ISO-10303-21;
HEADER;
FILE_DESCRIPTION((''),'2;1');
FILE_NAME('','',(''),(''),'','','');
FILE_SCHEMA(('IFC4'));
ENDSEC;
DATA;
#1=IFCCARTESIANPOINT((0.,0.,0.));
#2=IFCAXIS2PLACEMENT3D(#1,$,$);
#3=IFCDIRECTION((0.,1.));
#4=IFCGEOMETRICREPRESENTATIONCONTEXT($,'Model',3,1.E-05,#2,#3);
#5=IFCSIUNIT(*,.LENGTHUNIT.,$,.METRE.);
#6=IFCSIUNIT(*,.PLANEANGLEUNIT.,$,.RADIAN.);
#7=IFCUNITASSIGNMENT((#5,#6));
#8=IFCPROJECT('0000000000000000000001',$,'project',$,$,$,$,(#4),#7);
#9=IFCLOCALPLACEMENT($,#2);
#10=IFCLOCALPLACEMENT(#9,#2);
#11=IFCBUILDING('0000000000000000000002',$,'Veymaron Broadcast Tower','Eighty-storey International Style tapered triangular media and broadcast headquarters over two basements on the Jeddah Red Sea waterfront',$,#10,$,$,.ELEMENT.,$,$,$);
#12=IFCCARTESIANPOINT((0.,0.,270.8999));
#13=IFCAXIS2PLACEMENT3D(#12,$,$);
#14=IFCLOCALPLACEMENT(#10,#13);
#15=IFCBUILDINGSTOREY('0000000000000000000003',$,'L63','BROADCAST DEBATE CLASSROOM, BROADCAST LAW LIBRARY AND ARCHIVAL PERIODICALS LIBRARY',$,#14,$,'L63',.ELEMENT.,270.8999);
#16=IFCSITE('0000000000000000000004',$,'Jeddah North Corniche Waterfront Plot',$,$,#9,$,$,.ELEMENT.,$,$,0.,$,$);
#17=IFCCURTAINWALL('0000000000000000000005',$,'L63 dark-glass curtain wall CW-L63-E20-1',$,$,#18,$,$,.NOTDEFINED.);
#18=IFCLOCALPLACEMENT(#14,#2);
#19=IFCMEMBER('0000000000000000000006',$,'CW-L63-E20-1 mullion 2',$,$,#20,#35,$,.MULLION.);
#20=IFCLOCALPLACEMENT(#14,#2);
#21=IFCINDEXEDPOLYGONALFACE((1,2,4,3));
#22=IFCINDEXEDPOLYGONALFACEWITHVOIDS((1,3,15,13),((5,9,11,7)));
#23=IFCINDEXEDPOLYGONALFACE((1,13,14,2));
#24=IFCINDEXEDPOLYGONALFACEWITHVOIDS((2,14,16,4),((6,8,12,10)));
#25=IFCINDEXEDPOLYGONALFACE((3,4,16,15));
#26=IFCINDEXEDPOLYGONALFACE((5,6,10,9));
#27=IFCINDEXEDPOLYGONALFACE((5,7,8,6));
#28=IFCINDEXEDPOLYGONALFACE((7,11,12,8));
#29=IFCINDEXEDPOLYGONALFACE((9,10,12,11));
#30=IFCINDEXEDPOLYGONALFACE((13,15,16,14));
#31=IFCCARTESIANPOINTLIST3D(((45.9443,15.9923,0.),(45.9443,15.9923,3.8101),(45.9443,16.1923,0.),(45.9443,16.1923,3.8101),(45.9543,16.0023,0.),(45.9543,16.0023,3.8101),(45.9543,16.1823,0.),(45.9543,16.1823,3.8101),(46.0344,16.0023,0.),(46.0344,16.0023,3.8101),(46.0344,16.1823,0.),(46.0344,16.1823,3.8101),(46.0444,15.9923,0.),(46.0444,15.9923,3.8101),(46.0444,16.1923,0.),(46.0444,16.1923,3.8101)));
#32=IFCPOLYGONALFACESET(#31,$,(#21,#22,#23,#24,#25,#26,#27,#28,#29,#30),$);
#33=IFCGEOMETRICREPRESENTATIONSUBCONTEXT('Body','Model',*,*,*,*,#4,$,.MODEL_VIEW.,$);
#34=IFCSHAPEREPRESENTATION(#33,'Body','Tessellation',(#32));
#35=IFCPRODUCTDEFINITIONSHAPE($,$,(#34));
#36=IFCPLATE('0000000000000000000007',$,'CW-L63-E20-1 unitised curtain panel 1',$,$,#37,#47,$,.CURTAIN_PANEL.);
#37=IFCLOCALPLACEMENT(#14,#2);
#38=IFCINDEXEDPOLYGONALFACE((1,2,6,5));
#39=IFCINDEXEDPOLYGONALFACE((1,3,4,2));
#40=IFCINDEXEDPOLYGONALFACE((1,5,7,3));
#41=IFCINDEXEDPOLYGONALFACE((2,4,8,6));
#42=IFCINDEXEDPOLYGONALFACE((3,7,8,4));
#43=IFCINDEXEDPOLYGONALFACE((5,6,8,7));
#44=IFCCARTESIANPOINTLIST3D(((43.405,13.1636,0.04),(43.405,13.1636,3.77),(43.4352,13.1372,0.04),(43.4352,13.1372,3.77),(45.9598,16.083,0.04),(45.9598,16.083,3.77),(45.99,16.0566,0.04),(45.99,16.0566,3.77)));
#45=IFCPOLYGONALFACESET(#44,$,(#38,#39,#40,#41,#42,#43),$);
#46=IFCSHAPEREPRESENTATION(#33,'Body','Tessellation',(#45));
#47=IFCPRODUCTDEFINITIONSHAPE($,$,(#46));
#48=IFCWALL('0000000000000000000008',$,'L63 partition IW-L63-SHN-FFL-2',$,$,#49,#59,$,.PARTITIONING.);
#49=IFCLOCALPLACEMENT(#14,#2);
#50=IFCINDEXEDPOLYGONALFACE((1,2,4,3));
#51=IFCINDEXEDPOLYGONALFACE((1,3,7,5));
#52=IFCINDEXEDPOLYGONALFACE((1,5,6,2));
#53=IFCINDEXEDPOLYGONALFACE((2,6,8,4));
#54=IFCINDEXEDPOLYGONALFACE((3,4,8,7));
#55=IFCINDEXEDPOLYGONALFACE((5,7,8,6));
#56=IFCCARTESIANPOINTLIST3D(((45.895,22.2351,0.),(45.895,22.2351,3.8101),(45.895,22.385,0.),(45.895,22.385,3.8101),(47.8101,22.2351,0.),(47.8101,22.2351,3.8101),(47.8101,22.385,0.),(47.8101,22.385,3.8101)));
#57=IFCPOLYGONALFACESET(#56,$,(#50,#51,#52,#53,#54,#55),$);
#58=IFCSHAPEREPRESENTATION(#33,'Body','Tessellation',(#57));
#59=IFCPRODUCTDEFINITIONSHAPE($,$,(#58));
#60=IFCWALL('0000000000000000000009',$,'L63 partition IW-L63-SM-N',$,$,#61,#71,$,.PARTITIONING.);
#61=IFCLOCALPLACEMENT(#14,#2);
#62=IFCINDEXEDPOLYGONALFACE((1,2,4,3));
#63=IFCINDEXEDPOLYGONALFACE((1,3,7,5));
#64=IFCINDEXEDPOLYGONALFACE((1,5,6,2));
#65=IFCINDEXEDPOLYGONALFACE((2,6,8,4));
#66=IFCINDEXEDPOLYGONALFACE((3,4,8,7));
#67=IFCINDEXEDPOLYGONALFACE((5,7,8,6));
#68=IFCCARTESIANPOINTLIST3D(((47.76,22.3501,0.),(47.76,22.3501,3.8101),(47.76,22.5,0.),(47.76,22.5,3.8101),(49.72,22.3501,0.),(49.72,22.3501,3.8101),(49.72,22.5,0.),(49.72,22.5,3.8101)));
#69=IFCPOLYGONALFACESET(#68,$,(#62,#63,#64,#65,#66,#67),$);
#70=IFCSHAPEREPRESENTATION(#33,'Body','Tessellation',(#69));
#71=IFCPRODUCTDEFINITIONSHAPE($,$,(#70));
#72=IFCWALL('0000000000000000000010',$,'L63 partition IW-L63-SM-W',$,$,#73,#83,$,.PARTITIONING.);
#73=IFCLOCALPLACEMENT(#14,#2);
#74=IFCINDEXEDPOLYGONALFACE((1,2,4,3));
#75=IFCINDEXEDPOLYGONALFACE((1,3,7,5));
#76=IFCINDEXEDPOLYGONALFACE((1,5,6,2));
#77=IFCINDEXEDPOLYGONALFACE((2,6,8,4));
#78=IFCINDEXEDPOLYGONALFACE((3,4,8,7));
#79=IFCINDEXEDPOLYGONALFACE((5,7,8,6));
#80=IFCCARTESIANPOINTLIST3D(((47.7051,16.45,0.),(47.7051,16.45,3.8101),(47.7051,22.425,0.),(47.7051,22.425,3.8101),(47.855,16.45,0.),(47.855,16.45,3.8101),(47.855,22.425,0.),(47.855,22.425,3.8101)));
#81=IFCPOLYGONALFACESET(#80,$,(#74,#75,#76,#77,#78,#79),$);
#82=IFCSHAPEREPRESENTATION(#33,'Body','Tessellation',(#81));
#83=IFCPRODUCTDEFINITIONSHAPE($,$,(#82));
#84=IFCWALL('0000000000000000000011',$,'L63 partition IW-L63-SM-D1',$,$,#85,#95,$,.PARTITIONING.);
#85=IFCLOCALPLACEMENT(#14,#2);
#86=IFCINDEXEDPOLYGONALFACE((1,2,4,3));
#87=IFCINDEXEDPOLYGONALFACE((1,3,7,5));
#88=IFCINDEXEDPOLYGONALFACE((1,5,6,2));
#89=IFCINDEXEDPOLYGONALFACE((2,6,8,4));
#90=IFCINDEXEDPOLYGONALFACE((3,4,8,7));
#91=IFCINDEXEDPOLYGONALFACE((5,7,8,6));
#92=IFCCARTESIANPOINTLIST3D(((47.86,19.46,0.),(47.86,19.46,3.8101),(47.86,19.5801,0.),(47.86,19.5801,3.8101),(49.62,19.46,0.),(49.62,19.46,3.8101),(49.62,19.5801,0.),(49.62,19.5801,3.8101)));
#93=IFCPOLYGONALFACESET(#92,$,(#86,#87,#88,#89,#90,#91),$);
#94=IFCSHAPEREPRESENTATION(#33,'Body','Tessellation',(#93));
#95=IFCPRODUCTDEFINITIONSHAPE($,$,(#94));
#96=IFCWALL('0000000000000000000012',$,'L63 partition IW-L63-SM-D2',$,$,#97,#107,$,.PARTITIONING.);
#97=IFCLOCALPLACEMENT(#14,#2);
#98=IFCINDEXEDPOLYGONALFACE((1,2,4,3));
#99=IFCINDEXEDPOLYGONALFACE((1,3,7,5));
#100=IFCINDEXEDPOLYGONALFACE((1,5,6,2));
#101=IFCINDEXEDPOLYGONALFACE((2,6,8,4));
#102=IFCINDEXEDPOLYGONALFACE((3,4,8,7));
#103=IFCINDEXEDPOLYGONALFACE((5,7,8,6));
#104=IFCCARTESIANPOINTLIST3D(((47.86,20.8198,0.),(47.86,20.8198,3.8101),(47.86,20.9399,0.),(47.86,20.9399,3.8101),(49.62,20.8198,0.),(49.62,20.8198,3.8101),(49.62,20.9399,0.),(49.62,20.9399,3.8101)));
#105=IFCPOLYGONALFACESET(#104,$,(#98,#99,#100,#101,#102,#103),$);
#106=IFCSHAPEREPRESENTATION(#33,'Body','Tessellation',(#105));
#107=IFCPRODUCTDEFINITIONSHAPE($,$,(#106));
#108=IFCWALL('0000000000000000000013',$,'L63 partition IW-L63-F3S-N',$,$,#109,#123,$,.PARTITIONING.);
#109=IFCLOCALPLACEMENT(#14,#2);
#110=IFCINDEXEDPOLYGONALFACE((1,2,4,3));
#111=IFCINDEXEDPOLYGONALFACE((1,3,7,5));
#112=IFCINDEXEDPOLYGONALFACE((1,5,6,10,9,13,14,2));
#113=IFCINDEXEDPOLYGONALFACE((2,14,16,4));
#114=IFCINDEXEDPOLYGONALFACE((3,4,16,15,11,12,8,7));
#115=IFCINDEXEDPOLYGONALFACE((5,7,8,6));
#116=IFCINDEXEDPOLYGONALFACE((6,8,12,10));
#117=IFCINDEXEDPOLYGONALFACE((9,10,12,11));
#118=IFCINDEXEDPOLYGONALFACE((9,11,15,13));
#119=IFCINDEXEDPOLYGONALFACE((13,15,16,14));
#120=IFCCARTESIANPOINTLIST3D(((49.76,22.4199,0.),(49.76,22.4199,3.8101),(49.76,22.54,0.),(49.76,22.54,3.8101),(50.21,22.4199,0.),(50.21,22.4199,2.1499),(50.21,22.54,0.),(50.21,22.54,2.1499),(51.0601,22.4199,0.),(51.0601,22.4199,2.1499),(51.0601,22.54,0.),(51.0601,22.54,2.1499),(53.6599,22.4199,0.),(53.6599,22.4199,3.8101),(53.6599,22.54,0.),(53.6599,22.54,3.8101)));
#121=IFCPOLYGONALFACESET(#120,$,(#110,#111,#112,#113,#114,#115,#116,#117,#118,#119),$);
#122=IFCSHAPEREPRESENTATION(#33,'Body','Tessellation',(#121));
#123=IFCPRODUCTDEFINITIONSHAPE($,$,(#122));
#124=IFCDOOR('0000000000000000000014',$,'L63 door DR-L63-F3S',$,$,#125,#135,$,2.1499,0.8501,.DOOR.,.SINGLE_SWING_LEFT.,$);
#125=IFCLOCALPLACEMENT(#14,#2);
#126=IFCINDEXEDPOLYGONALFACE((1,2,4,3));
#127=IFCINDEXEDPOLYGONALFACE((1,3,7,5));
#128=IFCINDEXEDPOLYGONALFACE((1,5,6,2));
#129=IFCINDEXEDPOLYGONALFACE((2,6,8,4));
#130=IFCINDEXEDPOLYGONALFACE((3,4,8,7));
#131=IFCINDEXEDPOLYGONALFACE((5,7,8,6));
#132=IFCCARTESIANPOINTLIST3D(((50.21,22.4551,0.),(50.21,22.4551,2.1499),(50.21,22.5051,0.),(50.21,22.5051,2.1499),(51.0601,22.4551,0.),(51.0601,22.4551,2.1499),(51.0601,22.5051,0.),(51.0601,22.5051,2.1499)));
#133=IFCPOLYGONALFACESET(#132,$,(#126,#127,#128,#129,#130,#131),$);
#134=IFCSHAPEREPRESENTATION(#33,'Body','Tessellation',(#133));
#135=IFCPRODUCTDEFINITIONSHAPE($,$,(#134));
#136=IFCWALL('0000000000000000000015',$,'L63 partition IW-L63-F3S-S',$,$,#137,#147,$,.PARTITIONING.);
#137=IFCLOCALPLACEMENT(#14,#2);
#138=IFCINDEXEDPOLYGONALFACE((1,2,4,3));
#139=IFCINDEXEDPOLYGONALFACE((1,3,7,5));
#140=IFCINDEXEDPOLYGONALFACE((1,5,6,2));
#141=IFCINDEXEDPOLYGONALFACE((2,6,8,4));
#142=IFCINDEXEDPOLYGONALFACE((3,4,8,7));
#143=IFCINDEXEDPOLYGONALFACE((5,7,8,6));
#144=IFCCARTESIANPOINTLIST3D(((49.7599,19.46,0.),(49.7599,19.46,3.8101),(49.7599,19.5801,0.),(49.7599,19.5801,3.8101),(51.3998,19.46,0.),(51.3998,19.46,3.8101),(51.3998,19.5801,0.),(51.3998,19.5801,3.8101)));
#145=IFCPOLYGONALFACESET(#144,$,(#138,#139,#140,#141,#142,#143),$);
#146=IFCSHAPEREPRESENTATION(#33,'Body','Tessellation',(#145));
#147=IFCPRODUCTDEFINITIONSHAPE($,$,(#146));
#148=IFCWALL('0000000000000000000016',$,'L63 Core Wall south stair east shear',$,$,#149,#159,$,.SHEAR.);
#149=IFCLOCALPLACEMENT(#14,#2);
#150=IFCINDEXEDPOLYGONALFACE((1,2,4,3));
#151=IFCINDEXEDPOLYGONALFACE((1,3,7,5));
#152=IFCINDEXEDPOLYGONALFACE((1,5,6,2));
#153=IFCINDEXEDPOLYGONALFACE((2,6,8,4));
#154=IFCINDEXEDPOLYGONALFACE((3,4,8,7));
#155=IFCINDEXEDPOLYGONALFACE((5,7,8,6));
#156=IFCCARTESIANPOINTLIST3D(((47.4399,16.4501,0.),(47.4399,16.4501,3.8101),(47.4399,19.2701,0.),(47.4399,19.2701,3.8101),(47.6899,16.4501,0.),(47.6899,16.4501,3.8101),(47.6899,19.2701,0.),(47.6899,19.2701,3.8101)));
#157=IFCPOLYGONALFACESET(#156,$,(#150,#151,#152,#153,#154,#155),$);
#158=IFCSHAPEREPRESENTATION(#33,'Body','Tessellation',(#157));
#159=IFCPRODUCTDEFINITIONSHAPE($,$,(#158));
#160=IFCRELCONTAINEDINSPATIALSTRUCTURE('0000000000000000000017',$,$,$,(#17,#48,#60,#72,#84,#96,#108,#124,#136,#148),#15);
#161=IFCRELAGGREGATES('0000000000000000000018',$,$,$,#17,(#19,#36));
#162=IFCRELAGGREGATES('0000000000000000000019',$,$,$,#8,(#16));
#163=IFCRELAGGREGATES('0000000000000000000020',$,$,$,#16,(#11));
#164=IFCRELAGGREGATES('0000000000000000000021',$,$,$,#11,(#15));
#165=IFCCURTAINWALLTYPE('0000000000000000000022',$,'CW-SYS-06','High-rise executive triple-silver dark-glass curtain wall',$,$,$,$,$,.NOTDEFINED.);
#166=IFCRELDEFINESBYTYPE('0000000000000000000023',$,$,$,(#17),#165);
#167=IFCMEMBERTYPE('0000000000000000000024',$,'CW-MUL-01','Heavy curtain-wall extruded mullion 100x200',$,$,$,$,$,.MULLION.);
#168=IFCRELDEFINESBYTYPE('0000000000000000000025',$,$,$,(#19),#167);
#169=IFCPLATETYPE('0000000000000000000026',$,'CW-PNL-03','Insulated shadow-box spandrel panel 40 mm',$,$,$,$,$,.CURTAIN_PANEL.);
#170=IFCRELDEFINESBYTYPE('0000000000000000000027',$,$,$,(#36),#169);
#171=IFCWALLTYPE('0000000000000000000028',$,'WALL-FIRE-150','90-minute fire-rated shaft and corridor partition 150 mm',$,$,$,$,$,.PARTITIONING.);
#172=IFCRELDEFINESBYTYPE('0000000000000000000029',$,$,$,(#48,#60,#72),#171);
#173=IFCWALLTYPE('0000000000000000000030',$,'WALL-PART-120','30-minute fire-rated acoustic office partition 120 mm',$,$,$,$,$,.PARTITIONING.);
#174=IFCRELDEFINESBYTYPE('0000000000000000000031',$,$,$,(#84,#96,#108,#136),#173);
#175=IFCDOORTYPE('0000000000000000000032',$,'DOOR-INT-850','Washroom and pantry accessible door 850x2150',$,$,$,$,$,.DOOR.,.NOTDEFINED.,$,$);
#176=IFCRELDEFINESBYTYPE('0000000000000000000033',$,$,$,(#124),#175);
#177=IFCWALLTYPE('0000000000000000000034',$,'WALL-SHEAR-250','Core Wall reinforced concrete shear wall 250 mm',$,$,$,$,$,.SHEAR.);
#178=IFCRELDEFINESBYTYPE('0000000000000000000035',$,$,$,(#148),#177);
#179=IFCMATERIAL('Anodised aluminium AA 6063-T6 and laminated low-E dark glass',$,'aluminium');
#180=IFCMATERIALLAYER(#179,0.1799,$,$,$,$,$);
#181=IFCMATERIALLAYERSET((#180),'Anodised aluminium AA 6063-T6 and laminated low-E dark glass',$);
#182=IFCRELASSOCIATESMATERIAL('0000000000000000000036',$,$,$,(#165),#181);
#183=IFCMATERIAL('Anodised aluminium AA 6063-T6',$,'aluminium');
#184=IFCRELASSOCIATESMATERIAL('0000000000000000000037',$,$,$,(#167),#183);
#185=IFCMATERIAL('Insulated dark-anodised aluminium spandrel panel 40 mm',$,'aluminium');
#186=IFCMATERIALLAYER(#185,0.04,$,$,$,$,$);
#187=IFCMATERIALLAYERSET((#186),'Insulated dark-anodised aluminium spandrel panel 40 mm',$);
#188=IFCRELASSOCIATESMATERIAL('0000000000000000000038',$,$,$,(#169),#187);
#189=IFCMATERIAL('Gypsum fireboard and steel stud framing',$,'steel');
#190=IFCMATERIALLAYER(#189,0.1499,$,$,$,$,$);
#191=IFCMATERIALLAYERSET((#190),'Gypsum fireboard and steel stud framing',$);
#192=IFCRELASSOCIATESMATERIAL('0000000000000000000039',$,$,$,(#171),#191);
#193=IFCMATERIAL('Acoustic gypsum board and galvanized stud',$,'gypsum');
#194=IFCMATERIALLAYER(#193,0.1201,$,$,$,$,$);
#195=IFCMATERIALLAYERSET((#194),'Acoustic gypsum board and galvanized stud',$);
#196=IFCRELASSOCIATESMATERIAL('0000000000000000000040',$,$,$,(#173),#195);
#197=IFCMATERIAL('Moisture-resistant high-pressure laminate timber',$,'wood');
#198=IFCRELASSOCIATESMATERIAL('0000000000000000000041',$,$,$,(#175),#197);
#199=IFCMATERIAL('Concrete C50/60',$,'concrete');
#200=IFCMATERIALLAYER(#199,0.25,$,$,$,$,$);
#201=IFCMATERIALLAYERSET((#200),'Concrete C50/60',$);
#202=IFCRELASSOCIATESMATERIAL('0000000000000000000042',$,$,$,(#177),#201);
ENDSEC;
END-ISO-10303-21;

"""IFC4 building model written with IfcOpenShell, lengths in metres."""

from ifc_helpers import new_model, si_unit, direction, frame, frame_2d, origin, origin_2d, place, context, subcontext, project, spatial, rectangle, hollow_rectangle, extrude, material, layer, layer_set, material_profile, profile_set, type_object, element, fill, aggregate, save


model = new_model("IFC4")

# Units and contexts
model_context = context("Model", 3, precision=1e-05, world=origin(), true_north=direction((0.0, 1.0)))
body_context = subcontext(model_context, "Body", "Model", "MODEL_VIEW")
ifc_project = project(units=[si_unit("LENGTHUNIT", "METRE"), si_unit("PLANEANGLEUNIT", "RADIAN")], contexts=[model_context])

# Site, building, storey
site_placement = place(None, origin())
site = spatial("IfcSite", under=ifc_project, at=site_placement, Name="Jeddah North Corniche Waterfront Plot", CompositionType="ELEMENT", RefElevation=0.0)
building_placement = place(site_placement, origin())
building = spatial("IfcBuilding", under=site, at=building_placement, Name="Veymaron Broadcast Tower", Description="Eighty-storey International Style tapered triangular media and broadcast headquarters over two basements on the Jeddah Red Sea waterfront", CompositionType="ELEMENT")
storey_placement = place(building_placement, frame((0.0, 0.0, 270.8999)))
storey = spatial("IfcBuildingStorey", under=building, at=storey_placement, Name="L63", Description="BROADCAST DEBATE CLASSROOM, BROADCAST LAW LIBRARY AND ARCHIVAL PERIODICALS LIBRARY", LongName="L63", CompositionType="ELEMENT", Elevation=270.8999)

# Curtain wall, member, plate
ifc_material_1 = material(Name="Anodised aluminium AA 6063-T6 and laminated low-E dark glass", Category="aluminium")
ifc_layer_1 = layer(ifc_material_1, 0.1799)
ifc_layer_set_1 = layer_set([ifc_layer_1], Name="Anodised aluminium AA 6063-T6 and laminated low-E dark glass")
curtain_wall_type = type_object("IfcCurtainWallType", Name="CW-SYS-06", Description="High-rise executive triple-silver dark-glass curtain wall", PredefinedType="NOTDEFINED", material=ifc_layer_set_1)
curtain_wall_placement = place(storey_placement, origin())
curtain_wall = element("IfcCurtainWall", 1, at=curtain_wall_placement, inside=storey, type_object=curtain_wall_type, Name="L63 dark-glass curtain wall CW-L63-E20-1", PredefinedType="NOTDEFINED")
ifc_material_2 = material(Name="Anodised aluminium AA 6063-T6", Category="aluminium")
ifc_material_profile = material_profile(ifc_material_2, hollow_rectangle(XDim=0.1001, YDim=0.2, WallThickness=0.01, at=origin_2d()), Name="RHS200X100X10")
ifc_profile_set = profile_set([ifc_material_profile], Name="Anodised aluminium AA 6063-T6")
member_type = type_object("IfcMemberType", Name="CW-MUL-01", Description="Heavy curtain-wall extruded mullion 100x200", PredefinedType="MULLION", material=ifc_profile_set)
member_placement = place(storey_placement, frame((45.9944, 16.0923, 0.0), z_axis=(0.0, 0.0, 1.0), x_axis=(1.0, 0.0, 0.0)))
member = element("IfcMember", 2, at=member_placement, type_object=member_type, Name="CW-L63-E20-1 mullion 2", PredefinedType="MULLION", context=body_context, shape_type="SweptSolid", body=[
    extrude(hollow_rectangle(XDim=0.1001, YDim=0.2, WallThickness=0.01, at=origin_2d()), origin(), (0.0, 0.0, 1.0), 3.8101),
])
ifc_material_3 = material(Name="Insulated dark-anodised aluminium spandrel panel 40 mm", Category="aluminium")
ifc_layer_2 = layer(ifc_material_3, 0.04)
ifc_layer_set_2 = layer_set([ifc_layer_2], Name="Insulated dark-anodised aluminium spandrel panel 40 mm")
plate_type = type_object("IfcPlateType", Name="CW-PNL-03", Description="Insulated shadow-box spandrel panel 40 mm", PredefinedType="CURTAIN_PANEL", material=ifc_layer_set_2)
plate_placement = place(storey_placement, frame((44.6975, 14.6101, 0.04), z_axis=(0.0, 0.0, 1.0), x_axis=(0.658558, 0.75253, 0.0)))
plate = element("IfcPlate", 3, at=plate_placement, type_object=plate_type, Name="CW-L63-E20-1 unitised curtain panel 1", PredefinedType="CURTAIN_PANEL", context=body_context, shape_type="SweptSolid", body=[
    extrude(rectangle(XDim=3.8794, YDim=0.04, at=origin_2d()), origin(), (0.0, 0.0, 1.0), 3.73),
])
aggregate(curtain_wall, [member, plate])

# Shared definitions
ifc_material_4 = material(Name="Gypsum fireboard and steel stud framing", Category="steel")
ifc_layer_3 = layer(ifc_material_4, 0.1499)
ifc_layer_set_3 = layer_set([ifc_layer_3], Name="Gypsum fireboard and steel stud framing")
wall_type_1 = type_object("IfcWallType", Name="WALL-FIRE-150", Description="90-minute fire-rated shaft and corridor partition 150 mm", PredefinedType="PARTITIONING", material=ifc_layer_set_3)

# Wall
wall_1_placement = place(storey_placement, frame((45.895, 22.3101, 0.0), z_axis=(0.0, 0.0, 1.0), x_axis=(1.0, 0.0, 0.0)))
element("IfcWall", 4, at=wall_1_placement, inside=storey, type_object=wall_type_1, Name="L63 partition IW-L63-SHN-FFL-2", PredefinedType="PARTITIONING", context=body_context, shape_type="SweptSolid", body=[
    extrude(rectangle(XDim=1.915, YDim=0.1499, at=frame_2d((0.9575, 0.0))), origin(), (0.0, 0.0, 1.0), 3.8101),
])

# Walls
wall_2_placement = place(storey_placement, frame((47.76, 22.425, 0.0), z_axis=(0.0, 0.0, 1.0), x_axis=(1.0, 0.0, 0.0)))
element("IfcWall", 5, at=wall_2_placement, inside=storey, type_object=wall_type_1, Name="L63 partition IW-L63-SM-N", PredefinedType="PARTITIONING", context=body_context, shape_type="SweptSolid", body=[
    extrude(rectangle(XDim=1.96, YDim=0.1499, at=frame_2d((0.98, 0.0))), origin(), (0.0, 0.0, 1.0), 3.8101),
])
wall_3_placement = place(storey_placement, frame((47.78, 16.45, 0.0), z_axis=(0.0, 0.0, 1.0), x_axis=(0.0, 1.0, 0.0)))
element("IfcWall", 6, at=wall_3_placement, inside=storey, type_object=wall_type_1, Name="L63 partition IW-L63-SM-W", PredefinedType="PARTITIONING", context=body_context, shape_type="SweptSolid", body=[
    extrude(rectangle(XDim=5.9751, YDim=0.1499, at=frame_2d((2.9875, 0.0))), origin(), (0.0, 0.0, 1.0), 3.8101),
])
ifc_material_5 = material(Name="Acoustic gypsum board and galvanized stud", Category="gypsum")
ifc_layer_4 = layer(ifc_material_5, 0.1201)
ifc_layer_set_4 = layer_set([ifc_layer_4], Name="Acoustic gypsum board and galvanized stud")
wall_type_2 = type_object("IfcWallType", Name="WALL-PART-120", Description="30-minute fire-rated acoustic office partition 120 mm", PredefinedType="PARTITIONING", material=ifc_layer_set_4)
for number, where, z_axis, x_axis, name in (
    (7, (47.8601, 19.52, 0.0), (0.0, 0.0, 1.0), (1.0, 0.0, 0.0), "L63 partition IW-L63-SM-D1"),
    (8, (47.8601, 20.8799, 0.0), (0.0, 0.0, 1.0), (1.0, 0.0, 0.0), "L63 partition IW-L63-SM-D2"),
):
    element("IfcWall", number, at=place(storey_placement, frame(where, z_axis=z_axis, x_axis=x_axis)), inside=storey, type_object=wall_type_2, Name=name, PredefinedType="PARTITIONING", context=body_context, shape_type="SweptSolid", body=[
        extrude(rectangle(XDim=1.76, YDim=0.1201, at=frame_2d((0.8799, 0.0))), origin(), (0.0, 0.0, 1.0), 3.8101),
    ])

# Shared definitions
ifc_material_6 = material(Name="Moisture-resistant high-pressure laminate timber", Category="wood")
door_type_1 = type_object("IfcDoorType", Name="DOOR-INT-850", Description="Washroom and pantry accessible door 850x2150", OperationType="NOTDEFINED", PredefinedType="DOOR", material=ifc_material_6)

# Wall, opening, door
wall_4_placement = place(storey_placement, frame((49.76, 22.48, 0.0), z_axis=(0.0, 0.0, 1.0), x_axis=(1.0, 0.0, 0.0)))
wall_4 = element("IfcWall", 9, at=wall_4_placement, inside=storey, type_object=wall_type_2, Name="L63 partition IW-L63-F3S-N", PredefinedType="PARTITIONING", context=body_context, shape_type="SweptSolid", body=[
    extrude(rectangle(XDim=3.8999, YDim=0.1201, at=frame_2d((1.95, 0.0))), origin(), (0.0, 0.0, 1.0), 3.8101),
])
opening_1_placement = place(wall_4_placement, frame((0.45, 0.0, 0.0)))
opening_1 = element("IfcOpeningElement", 10, at=opening_1_placement, cuts=wall_4, PredefinedType="OPENING", context=body_context, shape_type="SweptSolid", body=[
    extrude(rectangle(XDim=0.8501, YDim=2.1499, at=frame_2d((0.425, 1.075))), frame((0.0, 0.0701, 0.0), z_axis=(0.0, -1.0, 0.0), x_axis=(1.0, 0.0, 0.0)), (0.0, 0.0, 1.0), 0.1401),
])
door_1_placement = place(opening_1_placement, frame((0.8501, 0.0, 0.0), z_axis=(0.0, 0.0, 1.0), x_axis=(-1.0, 0.0, 0.0)))
door_1 = element("IfcDoor", 11, at=door_1_placement, inside=storey, type_object=door_type_1, Name="L63 door DR-L63-F3S", OperationType="SINGLE_SWING_LEFT", OverallHeight=2.1499, OverallWidth=0.8501, PredefinedType="DOOR", context=body_context, shape_type="SweptSolid", body=[
    extrude(rectangle(XDim=0.8501, YDim=2.1499, at=frame_2d((0.425, 1.075))), frame((0.0, 0.0249, 0.0), z_axis=(0.0, -1.0, 0.0), x_axis=(1.0, 0.0, 0.0)), (0.0, 0.0, 1.0), 0.05),
])
fill(opening_1, door_1)

# Walls
wall_5_placement = place(storey_placement, frame((49.76, 19.52, 0.0), z_axis=(0.0, 0.0, 1.0), x_axis=(1.0, 0.0, 0.0)))
element("IfcWall", 12, at=wall_5_placement, inside=storey, type_object=wall_type_2, Name="L63 partition IW-L63-F3S-S", PredefinedType="PARTITIONING", context=body_context, shape_type="SweptSolid", body=[
    extrude(rectangle(XDim=1.6399, YDim=0.1201, at=frame_2d((0.8198, 0.0))), origin(), (0.0, 0.0, 1.0), 3.8101),
])
ifc_material_7 = material(Name="Concrete C50/60", Category="concrete")
ifc_layer_5 = layer(ifc_material_7, 0.25)
ifc_layer_set_5 = layer_set([ifc_layer_5], Name="Concrete C50/60")
wall_type_3 = type_object("IfcWallType", Name="WALL-SHEAR-250", Description="Core Wall reinforced concrete shear wall 250 mm", PredefinedType="SHEAR", material=ifc_layer_set_5)
wall_6_placement = place(storey_placement, frame((47.5649, 16.45, 0.0), z_axis=(0.0, 0.0, 1.0), x_axis=(0.0, 1.0, 0.0)))
element("IfcWall", 13, at=wall_6_placement, inside=storey, type_object=wall_type_3, Name="L63 Core Wall south stair east shear", PredefinedType="SHEAR", context=body_context, shape_type="SweptSolid", body=[
    extrude(rectangle(XDim=2.8201, YDim=0.25, at=frame_2d((1.4102, 0.0))), origin(), (0.0, 0.0, 1.0), 3.8101),
])

save(model, "model.ifc")
